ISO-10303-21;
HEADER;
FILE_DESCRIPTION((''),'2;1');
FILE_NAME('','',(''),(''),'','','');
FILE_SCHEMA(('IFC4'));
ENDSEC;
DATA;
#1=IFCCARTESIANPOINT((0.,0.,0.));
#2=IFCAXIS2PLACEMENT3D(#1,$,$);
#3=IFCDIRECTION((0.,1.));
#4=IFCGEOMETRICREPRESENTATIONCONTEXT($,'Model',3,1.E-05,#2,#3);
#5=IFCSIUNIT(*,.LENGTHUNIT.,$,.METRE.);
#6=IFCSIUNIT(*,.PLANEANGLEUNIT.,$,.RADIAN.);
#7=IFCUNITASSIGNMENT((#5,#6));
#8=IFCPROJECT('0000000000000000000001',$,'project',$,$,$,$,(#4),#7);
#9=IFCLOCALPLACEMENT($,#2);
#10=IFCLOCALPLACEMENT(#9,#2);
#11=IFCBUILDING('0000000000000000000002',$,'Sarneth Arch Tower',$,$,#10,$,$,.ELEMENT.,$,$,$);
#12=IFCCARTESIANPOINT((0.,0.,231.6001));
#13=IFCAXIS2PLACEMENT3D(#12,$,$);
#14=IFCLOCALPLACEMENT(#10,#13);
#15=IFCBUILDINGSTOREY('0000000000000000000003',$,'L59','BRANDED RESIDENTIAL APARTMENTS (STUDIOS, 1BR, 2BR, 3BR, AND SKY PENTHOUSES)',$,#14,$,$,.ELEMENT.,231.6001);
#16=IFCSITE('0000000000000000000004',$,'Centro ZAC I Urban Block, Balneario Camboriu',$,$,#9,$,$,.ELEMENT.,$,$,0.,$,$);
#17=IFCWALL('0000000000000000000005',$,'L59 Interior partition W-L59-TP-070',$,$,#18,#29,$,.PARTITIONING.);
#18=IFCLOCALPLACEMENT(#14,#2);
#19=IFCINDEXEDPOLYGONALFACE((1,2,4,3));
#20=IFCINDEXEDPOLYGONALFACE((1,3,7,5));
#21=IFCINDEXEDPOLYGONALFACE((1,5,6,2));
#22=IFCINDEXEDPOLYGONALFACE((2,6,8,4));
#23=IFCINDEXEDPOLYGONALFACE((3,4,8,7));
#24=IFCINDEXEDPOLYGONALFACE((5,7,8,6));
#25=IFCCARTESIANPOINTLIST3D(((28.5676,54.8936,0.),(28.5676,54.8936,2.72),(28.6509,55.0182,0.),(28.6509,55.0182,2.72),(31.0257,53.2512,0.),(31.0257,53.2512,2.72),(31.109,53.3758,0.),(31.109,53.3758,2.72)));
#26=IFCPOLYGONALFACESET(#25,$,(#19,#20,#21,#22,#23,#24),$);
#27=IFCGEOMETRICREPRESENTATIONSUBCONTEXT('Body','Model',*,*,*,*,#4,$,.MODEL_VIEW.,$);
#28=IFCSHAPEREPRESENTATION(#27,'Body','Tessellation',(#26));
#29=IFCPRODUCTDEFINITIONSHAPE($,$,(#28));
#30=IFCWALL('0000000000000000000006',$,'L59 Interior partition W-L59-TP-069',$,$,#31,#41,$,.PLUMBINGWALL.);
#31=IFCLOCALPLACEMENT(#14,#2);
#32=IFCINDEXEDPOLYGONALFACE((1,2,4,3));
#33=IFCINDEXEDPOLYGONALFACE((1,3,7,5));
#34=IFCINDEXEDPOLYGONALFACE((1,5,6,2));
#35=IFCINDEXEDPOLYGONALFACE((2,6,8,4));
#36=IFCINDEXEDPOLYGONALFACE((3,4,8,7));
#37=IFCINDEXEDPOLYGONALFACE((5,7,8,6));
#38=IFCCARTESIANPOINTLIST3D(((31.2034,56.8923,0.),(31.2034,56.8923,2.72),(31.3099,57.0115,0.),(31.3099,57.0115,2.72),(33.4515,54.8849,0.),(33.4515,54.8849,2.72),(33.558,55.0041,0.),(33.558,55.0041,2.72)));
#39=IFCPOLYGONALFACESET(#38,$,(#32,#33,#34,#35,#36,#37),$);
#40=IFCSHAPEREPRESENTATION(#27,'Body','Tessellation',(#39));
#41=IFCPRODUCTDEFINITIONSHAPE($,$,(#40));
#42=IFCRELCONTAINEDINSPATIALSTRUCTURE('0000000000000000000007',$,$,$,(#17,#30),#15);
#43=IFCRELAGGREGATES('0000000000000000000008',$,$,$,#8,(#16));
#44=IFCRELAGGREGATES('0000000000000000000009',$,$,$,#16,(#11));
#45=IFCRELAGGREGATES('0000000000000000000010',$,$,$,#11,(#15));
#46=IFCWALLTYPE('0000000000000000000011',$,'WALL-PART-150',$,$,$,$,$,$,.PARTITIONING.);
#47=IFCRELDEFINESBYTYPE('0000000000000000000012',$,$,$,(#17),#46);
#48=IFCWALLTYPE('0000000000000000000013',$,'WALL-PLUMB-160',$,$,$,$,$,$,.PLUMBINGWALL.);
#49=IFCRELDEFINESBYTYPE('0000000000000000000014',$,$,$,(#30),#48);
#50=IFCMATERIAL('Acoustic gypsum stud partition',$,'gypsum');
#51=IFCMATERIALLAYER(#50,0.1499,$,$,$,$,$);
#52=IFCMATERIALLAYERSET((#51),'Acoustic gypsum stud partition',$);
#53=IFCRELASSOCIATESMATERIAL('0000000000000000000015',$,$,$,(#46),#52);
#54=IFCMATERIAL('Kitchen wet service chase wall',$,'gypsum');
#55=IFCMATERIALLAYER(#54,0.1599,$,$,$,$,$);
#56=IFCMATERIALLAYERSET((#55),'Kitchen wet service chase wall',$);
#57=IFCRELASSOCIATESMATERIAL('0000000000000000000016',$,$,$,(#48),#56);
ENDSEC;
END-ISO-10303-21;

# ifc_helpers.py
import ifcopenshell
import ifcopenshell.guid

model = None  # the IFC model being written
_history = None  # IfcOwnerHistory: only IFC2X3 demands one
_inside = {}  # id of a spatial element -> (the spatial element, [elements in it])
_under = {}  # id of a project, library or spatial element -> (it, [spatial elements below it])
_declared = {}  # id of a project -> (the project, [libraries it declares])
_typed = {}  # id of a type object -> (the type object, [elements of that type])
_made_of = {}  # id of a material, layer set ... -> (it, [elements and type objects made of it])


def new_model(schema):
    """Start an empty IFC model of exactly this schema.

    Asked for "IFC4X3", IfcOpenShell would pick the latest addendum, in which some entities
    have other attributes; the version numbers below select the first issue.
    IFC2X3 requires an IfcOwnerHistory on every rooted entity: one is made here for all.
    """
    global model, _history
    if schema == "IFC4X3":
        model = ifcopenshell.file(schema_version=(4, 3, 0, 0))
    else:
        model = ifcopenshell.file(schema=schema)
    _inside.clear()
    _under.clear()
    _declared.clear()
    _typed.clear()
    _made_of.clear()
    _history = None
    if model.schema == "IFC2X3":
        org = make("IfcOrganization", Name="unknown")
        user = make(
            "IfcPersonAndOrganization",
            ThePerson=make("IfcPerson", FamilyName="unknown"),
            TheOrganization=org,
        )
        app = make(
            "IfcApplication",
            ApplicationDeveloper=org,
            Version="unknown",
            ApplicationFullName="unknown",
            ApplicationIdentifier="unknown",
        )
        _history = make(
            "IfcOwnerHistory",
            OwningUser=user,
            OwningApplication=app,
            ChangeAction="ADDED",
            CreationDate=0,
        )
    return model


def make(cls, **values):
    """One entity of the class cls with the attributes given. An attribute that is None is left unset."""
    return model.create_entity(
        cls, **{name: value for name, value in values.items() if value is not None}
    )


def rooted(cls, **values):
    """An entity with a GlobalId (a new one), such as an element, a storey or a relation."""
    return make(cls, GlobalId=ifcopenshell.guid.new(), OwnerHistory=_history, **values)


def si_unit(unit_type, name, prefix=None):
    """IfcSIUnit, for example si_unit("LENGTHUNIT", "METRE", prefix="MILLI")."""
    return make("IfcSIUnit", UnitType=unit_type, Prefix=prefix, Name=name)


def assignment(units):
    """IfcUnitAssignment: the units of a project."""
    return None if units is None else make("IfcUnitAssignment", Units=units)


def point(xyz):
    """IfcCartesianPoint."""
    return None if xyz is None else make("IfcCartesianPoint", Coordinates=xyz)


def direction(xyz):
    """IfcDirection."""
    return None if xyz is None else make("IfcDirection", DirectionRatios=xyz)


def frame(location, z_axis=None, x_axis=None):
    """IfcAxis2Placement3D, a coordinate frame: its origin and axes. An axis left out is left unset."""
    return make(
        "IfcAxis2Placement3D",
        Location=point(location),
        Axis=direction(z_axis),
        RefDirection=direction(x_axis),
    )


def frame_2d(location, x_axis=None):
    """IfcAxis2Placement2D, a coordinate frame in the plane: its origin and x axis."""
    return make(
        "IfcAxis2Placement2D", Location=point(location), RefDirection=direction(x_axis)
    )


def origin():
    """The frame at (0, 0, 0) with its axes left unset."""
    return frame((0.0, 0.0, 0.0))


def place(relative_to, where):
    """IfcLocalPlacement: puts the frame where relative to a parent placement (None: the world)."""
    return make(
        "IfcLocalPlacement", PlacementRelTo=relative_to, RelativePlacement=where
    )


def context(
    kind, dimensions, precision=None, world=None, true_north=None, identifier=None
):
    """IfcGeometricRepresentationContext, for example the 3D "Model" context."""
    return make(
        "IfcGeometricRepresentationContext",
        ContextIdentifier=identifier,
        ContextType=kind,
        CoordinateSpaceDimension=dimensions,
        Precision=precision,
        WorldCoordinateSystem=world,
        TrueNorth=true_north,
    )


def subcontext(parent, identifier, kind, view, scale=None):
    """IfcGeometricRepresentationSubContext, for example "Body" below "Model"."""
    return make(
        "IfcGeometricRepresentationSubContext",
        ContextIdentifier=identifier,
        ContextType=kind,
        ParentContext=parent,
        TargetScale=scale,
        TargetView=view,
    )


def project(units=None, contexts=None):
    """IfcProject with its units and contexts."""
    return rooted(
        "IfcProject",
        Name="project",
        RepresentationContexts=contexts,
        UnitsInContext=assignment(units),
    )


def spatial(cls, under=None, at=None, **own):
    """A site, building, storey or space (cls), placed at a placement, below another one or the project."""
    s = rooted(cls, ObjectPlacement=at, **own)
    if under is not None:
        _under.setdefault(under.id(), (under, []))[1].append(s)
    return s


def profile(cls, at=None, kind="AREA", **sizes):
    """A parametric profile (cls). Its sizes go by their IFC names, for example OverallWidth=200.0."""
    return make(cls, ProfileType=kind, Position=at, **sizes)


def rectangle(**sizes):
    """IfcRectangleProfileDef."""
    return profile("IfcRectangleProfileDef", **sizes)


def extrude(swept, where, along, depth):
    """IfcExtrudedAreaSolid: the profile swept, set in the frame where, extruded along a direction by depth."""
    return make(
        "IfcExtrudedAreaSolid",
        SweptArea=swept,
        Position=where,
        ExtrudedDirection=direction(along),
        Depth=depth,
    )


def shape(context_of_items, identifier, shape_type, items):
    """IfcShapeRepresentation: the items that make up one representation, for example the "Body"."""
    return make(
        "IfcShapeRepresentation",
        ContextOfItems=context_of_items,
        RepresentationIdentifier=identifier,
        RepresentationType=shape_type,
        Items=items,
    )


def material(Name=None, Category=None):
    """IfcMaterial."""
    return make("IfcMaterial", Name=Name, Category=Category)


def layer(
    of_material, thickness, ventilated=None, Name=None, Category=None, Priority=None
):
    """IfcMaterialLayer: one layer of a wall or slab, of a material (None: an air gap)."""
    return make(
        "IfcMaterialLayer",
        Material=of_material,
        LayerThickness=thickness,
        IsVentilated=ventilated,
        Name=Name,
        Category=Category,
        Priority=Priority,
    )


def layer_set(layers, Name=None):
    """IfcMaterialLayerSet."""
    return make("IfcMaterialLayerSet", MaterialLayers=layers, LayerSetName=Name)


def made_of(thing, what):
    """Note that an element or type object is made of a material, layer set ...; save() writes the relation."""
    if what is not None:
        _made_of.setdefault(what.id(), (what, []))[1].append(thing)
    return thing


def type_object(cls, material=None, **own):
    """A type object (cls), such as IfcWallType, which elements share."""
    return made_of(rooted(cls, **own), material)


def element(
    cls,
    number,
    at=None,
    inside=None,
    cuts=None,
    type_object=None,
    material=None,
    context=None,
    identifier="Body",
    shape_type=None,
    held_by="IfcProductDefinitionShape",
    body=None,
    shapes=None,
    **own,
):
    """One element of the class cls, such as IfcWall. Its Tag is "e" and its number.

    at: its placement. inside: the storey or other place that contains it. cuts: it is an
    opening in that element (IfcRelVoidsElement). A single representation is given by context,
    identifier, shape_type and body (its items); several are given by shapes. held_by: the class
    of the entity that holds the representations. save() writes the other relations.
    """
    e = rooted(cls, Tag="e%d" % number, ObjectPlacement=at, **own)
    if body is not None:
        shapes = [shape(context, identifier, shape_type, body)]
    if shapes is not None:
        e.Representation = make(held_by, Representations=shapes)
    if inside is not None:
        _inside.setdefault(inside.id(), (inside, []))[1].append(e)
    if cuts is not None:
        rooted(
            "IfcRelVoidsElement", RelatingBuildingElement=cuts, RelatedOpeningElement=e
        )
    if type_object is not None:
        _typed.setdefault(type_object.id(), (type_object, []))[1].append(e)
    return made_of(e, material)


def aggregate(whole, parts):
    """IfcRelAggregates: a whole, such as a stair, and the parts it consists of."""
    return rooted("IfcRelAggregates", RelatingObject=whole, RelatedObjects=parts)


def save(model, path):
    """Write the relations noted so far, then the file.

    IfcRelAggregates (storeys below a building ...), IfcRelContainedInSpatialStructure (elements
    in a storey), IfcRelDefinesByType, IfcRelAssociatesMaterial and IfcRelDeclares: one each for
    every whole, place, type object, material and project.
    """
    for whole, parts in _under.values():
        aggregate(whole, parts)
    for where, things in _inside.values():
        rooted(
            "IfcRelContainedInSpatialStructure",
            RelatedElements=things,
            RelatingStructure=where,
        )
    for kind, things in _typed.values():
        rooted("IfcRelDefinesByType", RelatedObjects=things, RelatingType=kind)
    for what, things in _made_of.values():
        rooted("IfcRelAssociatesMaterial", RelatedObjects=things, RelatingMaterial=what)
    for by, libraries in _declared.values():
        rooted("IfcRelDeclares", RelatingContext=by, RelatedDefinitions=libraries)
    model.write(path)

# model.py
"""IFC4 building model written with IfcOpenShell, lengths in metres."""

from ifc_helpers import new_model, si_unit, direction, frame, frame_2d, origin, place, context, subcontext, project, spatial, rectangle, extrude, material, layer, layer_set, type_object, element, save


model = new_model("IFC4")

# Units and contexts
model_context = context("Model", 3, precision=1e-05, world=origin(), true_north=direction((0.0, 1.0)))
body_context = subcontext(model_context, "Body", "Model", "MODEL_VIEW")
ifc_project = project(units=[si_unit("LENGTHUNIT", "METRE"), si_unit("PLANEANGLEUNIT", "RADIAN")], contexts=[model_context])

# Site, building, storey
site_placement = place(None, origin())
site = spatial("IfcSite", under=ifc_project, at=site_placement, Name="Centro ZAC I Urban Block, Balneario Camboriu", CompositionType="ELEMENT", RefElevation=0.0)
building_placement = place(site_placement, origin())
building = spatial("IfcBuilding", under=site, at=building_placement, Name="Sarneth Arch Tower", CompositionType="ELEMENT")
storey_placement = place(building_placement, frame((0.0, 0.0, 231.6001)))
storey = spatial("IfcBuildingStorey", under=building, at=storey_placement, Name="L59", Description="BRANDED RESIDENTIAL APARTMENTS (STUDIOS, 1BR, 2BR, 3BR, AND SKY PENTHOUSES)", CompositionType="ELEMENT", Elevation=231.6001)

# Walls
ifc_material_1 = material(Name="Acoustic gypsum stud partition", Category="gypsum")
ifc_layer_1 = layer(ifc_material_1, 0.1499)
ifc_layer_set_1 = layer_set([ifc_layer_1], Name="Acoustic gypsum stud partition")
wall_type_1 = type_object("IfcWallType", Name="WALL-PART-150", PredefinedType="PARTITIONING", material=ifc_layer_set_1)
wall_1_placement = place(storey_placement, frame((28.6094, 54.9558, 0.0), z_axis=(0.0, 0.0, 1.0), x_axis=(0.831478, -0.555558, 0.0)))
element("IfcWall", 1, at=wall_1_placement, inside=storey, type_object=wall_type_1, Name="L59 Interior partition W-L59-TP-070", PredefinedType="PARTITIONING", context=body_context, shape_type="SweptSolid", body=[
    extrude(rectangle(XDim=2.9563, YDim=0.1499, at=frame_2d((1.478, 0.0))), origin(), (0.0, 0.0, 1.0), 2.72),
])
ifc_material_2 = material(Name="Kitchen wet service chase wall", Category="gypsum")
ifc_layer_2 = layer(ifc_material_2, 0.1599)
ifc_layer_set_2 = layer_set([ifc_layer_2], Name="Kitchen wet service chase wall")
wall_type_2 = type_object("IfcWallType", Name="WALL-PLUMB-160", PredefinedType="PLUMBINGWALL", material=ifc_layer_set_2)
wall_2_placement = place(storey_placement, frame((33.5046, 54.9446, 0.0), z_axis=(0.0, 0.0, 1.0), x_axis=(-0.745915, 0.666042, 0.0)))
element("IfcWall", 2, at=wall_2_placement, inside=storey, type_object=wall_type_2, Name="L59 Interior partition W-L59-TP-069", PredefinedType="PLUMBINGWALL", context=body_context, shape_type="SweptSolid", body=[
    extrude(rectangle(XDim=3.0139, YDim=0.1599, at=frame_2d((1.5068, 0.0))), origin(), (0.0, 0.0, 1.0), 2.72),
])

save(model, "model.ifc")
